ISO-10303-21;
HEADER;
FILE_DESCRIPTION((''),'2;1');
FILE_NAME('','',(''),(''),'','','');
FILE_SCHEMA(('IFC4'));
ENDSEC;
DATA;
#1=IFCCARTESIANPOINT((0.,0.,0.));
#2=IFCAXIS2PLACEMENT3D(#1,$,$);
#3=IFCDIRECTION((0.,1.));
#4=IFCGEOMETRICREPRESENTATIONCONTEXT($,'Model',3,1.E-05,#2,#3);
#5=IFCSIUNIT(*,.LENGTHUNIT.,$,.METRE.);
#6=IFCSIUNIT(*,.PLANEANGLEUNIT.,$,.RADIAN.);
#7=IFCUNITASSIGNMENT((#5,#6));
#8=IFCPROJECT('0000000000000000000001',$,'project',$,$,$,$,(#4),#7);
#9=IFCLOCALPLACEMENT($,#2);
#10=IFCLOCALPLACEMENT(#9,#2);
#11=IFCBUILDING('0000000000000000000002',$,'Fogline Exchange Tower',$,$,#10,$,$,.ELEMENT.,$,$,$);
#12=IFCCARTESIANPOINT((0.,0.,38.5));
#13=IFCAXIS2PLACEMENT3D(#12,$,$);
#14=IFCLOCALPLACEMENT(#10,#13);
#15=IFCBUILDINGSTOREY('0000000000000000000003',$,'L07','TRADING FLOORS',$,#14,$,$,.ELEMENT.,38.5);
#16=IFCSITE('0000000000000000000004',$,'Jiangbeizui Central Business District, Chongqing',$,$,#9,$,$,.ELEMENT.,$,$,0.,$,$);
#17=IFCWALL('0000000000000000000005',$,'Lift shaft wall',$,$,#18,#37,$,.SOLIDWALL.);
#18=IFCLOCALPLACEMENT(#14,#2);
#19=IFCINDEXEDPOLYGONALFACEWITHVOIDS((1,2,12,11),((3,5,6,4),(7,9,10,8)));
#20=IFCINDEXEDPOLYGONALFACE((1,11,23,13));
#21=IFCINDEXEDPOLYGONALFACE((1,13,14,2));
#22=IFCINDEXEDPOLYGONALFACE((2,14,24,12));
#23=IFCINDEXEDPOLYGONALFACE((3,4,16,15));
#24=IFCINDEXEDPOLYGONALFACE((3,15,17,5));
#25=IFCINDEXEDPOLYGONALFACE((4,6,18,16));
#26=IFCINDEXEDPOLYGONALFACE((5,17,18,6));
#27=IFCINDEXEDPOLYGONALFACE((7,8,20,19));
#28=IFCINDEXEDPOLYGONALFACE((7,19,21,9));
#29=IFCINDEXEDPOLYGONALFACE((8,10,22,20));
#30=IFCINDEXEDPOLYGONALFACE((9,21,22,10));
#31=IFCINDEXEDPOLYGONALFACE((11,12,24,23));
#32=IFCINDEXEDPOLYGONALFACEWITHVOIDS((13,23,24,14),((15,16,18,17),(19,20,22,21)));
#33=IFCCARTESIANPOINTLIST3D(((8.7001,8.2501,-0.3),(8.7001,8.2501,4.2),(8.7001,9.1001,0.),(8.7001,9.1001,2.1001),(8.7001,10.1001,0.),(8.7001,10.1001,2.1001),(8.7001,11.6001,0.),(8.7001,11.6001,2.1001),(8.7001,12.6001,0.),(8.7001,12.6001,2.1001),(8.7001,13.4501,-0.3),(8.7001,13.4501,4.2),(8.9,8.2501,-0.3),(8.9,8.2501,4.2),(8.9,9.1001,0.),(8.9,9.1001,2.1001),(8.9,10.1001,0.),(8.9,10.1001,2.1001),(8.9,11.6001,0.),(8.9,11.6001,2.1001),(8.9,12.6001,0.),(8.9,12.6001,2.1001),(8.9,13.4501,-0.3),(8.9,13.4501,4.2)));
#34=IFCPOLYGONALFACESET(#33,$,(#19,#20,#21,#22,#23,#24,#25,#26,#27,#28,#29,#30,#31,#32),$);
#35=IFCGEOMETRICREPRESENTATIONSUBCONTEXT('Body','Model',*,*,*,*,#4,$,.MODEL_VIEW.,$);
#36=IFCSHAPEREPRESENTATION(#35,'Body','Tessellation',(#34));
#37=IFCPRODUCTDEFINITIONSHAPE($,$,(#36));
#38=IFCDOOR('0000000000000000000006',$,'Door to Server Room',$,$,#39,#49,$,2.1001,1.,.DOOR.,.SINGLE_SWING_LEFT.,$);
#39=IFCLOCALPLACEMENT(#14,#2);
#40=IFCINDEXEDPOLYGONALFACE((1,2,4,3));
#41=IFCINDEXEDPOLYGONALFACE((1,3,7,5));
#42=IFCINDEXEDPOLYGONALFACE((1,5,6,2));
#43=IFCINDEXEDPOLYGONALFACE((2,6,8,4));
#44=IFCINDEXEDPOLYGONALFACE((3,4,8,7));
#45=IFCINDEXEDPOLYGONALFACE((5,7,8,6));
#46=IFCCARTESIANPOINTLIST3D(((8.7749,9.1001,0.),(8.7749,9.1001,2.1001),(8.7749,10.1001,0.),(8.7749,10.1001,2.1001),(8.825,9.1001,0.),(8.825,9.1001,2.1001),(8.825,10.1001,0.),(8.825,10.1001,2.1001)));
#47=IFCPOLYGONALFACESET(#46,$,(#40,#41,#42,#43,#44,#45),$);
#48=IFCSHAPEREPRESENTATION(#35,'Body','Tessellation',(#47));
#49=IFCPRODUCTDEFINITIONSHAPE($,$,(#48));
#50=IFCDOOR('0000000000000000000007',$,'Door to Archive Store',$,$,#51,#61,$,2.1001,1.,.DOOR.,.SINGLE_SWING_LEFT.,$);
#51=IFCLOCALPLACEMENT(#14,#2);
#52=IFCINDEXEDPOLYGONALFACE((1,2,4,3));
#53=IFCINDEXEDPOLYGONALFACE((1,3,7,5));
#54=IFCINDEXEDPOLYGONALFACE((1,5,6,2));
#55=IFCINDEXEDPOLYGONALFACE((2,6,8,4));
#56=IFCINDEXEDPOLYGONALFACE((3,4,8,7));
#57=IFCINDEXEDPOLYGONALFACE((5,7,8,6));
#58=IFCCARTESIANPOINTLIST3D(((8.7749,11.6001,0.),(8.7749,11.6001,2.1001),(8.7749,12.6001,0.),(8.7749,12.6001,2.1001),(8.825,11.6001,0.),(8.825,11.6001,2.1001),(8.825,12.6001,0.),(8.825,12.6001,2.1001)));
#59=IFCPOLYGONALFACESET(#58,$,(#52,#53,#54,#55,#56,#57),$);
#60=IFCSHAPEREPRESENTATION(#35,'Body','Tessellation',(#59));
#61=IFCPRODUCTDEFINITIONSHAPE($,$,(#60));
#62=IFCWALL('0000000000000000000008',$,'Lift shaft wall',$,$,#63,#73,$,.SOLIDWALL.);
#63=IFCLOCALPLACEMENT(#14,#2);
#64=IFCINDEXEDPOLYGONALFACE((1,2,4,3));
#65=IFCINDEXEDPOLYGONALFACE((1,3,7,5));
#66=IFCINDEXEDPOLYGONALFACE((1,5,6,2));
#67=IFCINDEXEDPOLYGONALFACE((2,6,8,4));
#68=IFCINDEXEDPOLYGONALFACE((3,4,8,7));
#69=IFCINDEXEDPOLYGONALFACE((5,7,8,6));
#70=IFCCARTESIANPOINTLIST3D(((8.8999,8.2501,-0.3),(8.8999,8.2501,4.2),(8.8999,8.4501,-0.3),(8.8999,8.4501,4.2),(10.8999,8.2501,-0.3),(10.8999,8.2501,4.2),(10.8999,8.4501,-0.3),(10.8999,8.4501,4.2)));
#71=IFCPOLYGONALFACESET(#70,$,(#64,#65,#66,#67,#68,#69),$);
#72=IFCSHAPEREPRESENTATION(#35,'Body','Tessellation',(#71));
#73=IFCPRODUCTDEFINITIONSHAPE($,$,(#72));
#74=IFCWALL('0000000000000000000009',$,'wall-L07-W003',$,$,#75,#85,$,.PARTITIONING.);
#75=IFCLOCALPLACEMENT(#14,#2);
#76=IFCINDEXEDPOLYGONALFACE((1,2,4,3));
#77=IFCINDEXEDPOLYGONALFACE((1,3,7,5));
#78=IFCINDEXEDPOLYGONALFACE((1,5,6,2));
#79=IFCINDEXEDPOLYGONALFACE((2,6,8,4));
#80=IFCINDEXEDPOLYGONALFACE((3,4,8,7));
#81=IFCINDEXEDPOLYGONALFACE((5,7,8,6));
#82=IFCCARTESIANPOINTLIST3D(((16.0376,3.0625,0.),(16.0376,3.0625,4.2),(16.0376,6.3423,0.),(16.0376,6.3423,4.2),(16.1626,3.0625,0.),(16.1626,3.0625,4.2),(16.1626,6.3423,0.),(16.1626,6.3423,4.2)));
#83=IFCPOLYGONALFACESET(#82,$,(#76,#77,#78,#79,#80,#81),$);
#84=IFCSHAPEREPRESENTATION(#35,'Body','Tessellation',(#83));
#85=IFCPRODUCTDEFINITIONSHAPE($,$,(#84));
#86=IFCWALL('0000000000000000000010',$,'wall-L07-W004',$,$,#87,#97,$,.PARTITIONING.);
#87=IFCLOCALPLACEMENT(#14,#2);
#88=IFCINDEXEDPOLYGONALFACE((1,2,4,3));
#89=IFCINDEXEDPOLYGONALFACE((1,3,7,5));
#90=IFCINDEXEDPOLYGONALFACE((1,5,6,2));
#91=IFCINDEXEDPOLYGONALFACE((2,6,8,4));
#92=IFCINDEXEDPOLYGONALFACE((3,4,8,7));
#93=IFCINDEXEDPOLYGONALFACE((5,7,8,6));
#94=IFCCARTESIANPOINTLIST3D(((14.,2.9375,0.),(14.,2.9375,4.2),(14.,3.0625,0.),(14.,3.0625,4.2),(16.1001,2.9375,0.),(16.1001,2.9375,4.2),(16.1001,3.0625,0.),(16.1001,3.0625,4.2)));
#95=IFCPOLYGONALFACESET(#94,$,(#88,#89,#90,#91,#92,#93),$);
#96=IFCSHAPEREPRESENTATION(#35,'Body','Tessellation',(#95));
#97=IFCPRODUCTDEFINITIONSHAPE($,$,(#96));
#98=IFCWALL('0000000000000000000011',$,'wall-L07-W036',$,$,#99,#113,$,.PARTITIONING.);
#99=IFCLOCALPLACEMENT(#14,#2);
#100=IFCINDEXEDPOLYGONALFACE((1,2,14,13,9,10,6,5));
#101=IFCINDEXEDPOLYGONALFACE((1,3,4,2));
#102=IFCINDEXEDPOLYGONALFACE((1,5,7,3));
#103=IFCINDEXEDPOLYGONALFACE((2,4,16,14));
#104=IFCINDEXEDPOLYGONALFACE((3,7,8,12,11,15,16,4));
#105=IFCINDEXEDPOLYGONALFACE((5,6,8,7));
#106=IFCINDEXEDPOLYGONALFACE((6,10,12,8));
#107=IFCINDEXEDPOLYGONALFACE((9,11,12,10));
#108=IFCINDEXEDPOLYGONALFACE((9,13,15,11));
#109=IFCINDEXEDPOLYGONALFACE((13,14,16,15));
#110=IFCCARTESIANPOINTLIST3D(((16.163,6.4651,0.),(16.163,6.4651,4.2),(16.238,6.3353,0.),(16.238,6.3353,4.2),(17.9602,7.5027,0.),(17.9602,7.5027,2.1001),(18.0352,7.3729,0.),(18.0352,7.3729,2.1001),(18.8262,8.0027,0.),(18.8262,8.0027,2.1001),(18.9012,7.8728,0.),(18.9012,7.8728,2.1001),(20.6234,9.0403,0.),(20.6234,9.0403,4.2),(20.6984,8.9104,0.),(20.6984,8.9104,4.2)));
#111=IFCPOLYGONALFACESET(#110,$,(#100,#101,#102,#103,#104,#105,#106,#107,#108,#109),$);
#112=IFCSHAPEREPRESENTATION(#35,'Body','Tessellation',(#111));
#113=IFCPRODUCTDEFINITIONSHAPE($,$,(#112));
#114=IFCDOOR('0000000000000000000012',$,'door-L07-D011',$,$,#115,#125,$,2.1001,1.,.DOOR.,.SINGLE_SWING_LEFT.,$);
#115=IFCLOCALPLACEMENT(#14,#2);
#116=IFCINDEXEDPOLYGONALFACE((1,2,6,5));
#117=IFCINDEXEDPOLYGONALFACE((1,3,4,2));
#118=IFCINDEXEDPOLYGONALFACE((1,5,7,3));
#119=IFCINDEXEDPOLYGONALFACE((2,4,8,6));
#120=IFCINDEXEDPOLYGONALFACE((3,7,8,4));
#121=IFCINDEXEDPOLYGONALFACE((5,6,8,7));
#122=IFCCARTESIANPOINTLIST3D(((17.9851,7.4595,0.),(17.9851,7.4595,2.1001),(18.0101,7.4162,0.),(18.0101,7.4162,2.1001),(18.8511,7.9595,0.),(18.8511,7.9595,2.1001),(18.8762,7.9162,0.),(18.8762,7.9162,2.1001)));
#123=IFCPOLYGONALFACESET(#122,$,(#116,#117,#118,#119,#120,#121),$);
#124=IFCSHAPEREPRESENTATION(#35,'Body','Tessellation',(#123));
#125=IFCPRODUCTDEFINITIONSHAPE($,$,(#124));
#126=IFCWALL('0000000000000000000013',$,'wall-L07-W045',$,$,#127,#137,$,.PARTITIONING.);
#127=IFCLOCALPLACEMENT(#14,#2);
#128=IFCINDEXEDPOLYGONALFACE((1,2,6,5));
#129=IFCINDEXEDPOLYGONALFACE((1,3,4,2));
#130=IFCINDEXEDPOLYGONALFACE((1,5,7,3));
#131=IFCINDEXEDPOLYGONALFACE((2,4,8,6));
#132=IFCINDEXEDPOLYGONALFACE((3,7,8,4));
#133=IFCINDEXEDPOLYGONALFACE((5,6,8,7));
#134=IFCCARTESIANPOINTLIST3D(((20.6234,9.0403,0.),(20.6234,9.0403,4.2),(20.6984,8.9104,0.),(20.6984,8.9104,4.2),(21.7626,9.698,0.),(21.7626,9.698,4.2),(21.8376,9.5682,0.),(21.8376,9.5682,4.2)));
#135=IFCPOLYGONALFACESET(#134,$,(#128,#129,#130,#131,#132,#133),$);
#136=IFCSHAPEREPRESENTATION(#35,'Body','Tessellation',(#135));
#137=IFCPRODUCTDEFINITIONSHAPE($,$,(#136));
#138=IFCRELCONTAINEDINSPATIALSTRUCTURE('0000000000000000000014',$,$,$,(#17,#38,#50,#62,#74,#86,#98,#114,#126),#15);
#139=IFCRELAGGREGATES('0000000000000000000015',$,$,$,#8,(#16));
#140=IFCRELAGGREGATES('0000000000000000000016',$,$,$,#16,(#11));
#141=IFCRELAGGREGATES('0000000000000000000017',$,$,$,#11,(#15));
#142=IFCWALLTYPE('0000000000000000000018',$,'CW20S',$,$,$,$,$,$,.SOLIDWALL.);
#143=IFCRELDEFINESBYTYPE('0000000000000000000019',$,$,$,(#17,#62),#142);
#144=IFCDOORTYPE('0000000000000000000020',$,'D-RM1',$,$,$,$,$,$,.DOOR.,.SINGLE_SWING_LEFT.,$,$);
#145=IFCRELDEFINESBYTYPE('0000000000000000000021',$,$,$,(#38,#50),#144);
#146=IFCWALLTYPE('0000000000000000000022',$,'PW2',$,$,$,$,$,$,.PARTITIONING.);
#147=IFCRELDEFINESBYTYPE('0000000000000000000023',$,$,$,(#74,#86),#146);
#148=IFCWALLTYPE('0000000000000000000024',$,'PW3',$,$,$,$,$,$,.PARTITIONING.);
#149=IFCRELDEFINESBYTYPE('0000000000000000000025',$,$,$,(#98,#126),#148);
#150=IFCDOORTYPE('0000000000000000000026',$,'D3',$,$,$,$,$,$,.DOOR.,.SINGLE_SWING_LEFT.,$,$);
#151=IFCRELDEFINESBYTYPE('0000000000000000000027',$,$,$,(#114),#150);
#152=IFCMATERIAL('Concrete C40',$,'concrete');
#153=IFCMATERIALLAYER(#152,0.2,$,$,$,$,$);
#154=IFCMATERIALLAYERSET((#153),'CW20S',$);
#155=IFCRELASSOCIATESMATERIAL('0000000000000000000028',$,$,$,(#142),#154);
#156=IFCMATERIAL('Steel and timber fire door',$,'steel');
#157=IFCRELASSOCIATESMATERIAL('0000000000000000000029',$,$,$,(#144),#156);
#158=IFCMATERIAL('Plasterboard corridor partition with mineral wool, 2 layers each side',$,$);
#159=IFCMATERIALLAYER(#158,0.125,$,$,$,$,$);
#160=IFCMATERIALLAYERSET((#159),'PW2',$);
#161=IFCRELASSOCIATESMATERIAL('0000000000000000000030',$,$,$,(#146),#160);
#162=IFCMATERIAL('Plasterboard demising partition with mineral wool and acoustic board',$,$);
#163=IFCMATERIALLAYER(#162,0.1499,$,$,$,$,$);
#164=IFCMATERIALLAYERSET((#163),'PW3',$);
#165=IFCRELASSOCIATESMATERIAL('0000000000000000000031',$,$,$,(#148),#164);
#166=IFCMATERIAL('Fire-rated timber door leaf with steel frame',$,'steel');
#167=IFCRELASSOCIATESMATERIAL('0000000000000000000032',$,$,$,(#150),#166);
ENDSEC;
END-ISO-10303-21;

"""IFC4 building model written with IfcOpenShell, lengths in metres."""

from ifc_helpers import new_model, si_unit, direction, frame, frame_2d, origin, place, context, subcontext, project, spatial, rectangle, extrude, material, layer, layer_set, type_object, element, fill, save


model = new_model("IFC4")

# Units and contexts
model_context = context("Model", 3, precision=1e-05, world=origin(), true_north=direction((0.0, 1.0)))
body_context = subcontext(model_context, "Body", "Model", "MODEL_VIEW")
ifc_project = project(units=[si_unit("LENGTHUNIT", "METRE"), si_unit("PLANEANGLEUNIT", "RADIAN")], contexts=[model_context])

# Site, building, storey
site_placement = place(None, origin())
site = spatial("IfcSite", under=ifc_project, at=site_placement, Name="Jiangbeizui Central Business District, Chongqing", CompositionType="ELEMENT", RefElevation=0.0)
building_placement = place(site_placement, origin())
building = spatial("IfcBuilding", under=site, at=building_placement, Name="Fogline Exchange Tower", CompositionType="ELEMENT")
storey_placement = place(building_placement, frame((0.0, 0.0, 38.5)))
storey = spatial("IfcBuildingStorey", under=building, at=storey_placement, Name="L07", Description="TRADING FLOORS", CompositionType="ELEMENT", Elevation=38.5)

# Shared definitions
ifc_material_1 = material(Name="Concrete C40", Category="concrete")

# Shared definitions
ifc_material_2 = material(Name="Steel and timber fire door", Category="steel")

# Wall, openings, doors
ifc_layer_1 = layer(ifc_material_1, 0.2)
ifc_layer_set_1 = layer_set([ifc_layer_1], Name="CW20S")
wall_type_1 = type_object("IfcWallType", Name="CW20S", PredefinedType="SOLIDWALL", material=ifc_layer_set_1)
wall_1_placement = place(storey_placement, frame((8.8, 8.25, -0.3), z_axis=(0.0, 0.0, 1.0), x_axis=(0.0, 1.0, 0.0)))
wall_1 = element("IfcWall", 1, at=wall_1_placement, inside=storey, type_object=wall_type_1, Name="Lift shaft wall", PredefinedType="SOLIDWALL", context=body_context, shape_type="SweptSolid", body=[
    extrude(rectangle(XDim=5.2, YDim=0.2, at=frame_2d((2.6001, 0.0))), origin(), (0.0, 0.0, 1.0), 4.5),
])
opening_1_placement = place(wall_1_placement, frame((0.8501, 0.0, 0.3)))
opening_1 = element("IfcOpeningElement", 2, at=opening_1_placement, cuts=wall_1, PredefinedType="OPENING", context=body_context, shape_type="SweptSolid", body=[
    extrude(rectangle(XDim=1.0, YDim=2.1001, at=frame_2d((0.5, 1.05))), frame((0.0, 0.1099, 0.0), z_axis=(0.0, -1.0, 0.0), x_axis=(1.0, 0.0, 0.0)), (0.0, 0.0, 1.0), 0.22),
])
opening_2_placement = place(wall_1_placement, frame((3.3501, 0.0, 0.3)))
opening_2 = element("IfcOpeningElement", 3, at=opening_2_placement, cuts=wall_1, PredefinedType="OPENING", context=body_context, shape_type="SweptSolid", body=[
    extrude(rectangle(XDim=1.0, YDim=2.1001, at=frame_2d((0.5, 1.05))), frame((0.0, 0.1099, 0.0), z_axis=(0.0, -1.0, 0.0), x_axis=(1.0, 0.0, 0.0)), (0.0, 0.0, 1.0), 0.22),
])
door_type_1 = type_object("IfcDoorType", Name="D-RM1", OperationType="SINGLE_SWING_LEFT", PredefinedType="DOOR", material=ifc_material_2)
door_1_placement = place(opening_1_placement, frame((1.0, 0.0, 0.0), z_axis=(0.0, 0.0, 1.0), x_axis=(-1.0, 0.0, 0.0)))
door_1 = element("IfcDoor", 4, at=door_1_placement, inside=storey, type_object=door_type_1, Name="Door to Server Room", OperationType="SINGLE_SWING_LEFT", OverallHeight=2.1001, OverallWidth=1.0, PredefinedType="DOOR", context=body_context, shape_type="SweptSolid", body=[
    extrude(rectangle(XDim=1.0, YDim=2.1001, at=frame_2d((0.5, 1.05))), frame((0.0, 0.0249, 0.0), z_axis=(0.0, -1.0, 0.0), x_axis=(1.0, 0.0, 0.0)), (0.0, 0.0, 1.0), 0.05),
])
fill(opening_1, door_1)
door_2_placement = place(opening_2_placement, frame((1.0, 0.0, 0.0), z_axis=(0.0, 0.0, 1.0), x_axis=(-1.0, 0.0, 0.0)))
door_2 = element("IfcDoor", 5, at=door_2_placement, inside=storey, type_object=door_type_1, Name="Door to Archive Store", OperationType="SINGLE_SWING_LEFT", OverallHeight=2.1001, OverallWidth=1.0, PredefinedType="DOOR", context=body_context, shape_type="SweptSolid", body=[
    extrude(rectangle(XDim=1.0, YDim=2.1001, at=frame_2d((0.5, 1.05))), frame((0.0, 0.0249, 0.0), z_axis=(0.0, -1.0, 0.0), x_axis=(1.0, 0.0, 0.0)), (0.0, 0.0, 1.0), 0.05),
])
fill(opening_2, door_2)

# Walls
wall_2_placement = place(storey_placement, frame((8.8999, 8.3501, -0.3), z_axis=(0.0, 0.0, 1.0), x_axis=(1.0, 0.0, 0.0)))
element("IfcWall", 6, at=wall_2_placement, inside=storey, type_object=wall_type_1, Name="Lift shaft wall", PredefinedType="SOLIDWALL", context=body_context, shape_type="SweptSolid", body=[
    extrude(rectangle(XDim=2.0, YDim=0.2, at=frame_2d((1.0, 0.0))), origin(), (0.0, 0.0, 1.0), 4.5),
])
ifc_material_3 = material(Name="Plasterboard corridor partition with mineral wool, 2 layers each side")
ifc_layer_2 = layer(ifc_material_3, 0.125)
ifc_layer_set_2 = layer_set([ifc_layer_2], Name="PW2")
wall_type_2 = type_object("IfcWallType", Name="PW2", PredefinedType="PARTITIONING", material=ifc_layer_set_2)
wall_3_placement = place(storey_placement, frame((16.1001, 6.3423, 0.0), z_axis=(0.0, 0.0, 1.0), x_axis=(0.0, -1.0, 0.0)))
element("IfcWall", 7, at=wall_3_placement, inside=storey, type_object=wall_type_2, Name="wall-L07-W003", PredefinedType="PARTITIONING", context=body_context, shape_type="SweptSolid", body=[
    extrude(rectangle(XDim=3.2798, YDim=0.125, at=frame_2d((1.6399, 0.0))), origin(), (0.0, 0.0, 1.0), 4.2),
])
wall_4_placement = place(storey_placement, frame((16.1001, 3.0, 0.0), z_axis=(0.0, 0.0, 1.0), x_axis=(-1.0, 0.0, 0.0)))
element("IfcWall", 8, at=wall_4_placement, inside=storey, type_object=wall_type_2, Name="wall-L07-W004", PredefinedType="PARTITIONING", context=body_context, shape_type="SweptSolid", body=[
    extrude(rectangle(XDim=2.1001, YDim=0.125, at=frame_2d((1.05, 0.0))), origin(), (0.0, 0.0, 1.0), 4.2),
])

# Wall, opening, door
ifc_material_4 = material(Name="Plasterboard demising partition with mineral wool and acoustic board")
ifc_layer_3 = layer(ifc_material_4, 0.1499)
ifc_layer_set_3 = layer_set([ifc_layer_3], Name="PW3")
wall_type_3 = type_object("IfcWallType", Name="PW3", PredefinedType="PARTITIONING", material=ifc_layer_set_3)
wall_5_placement = place(storey_placement, frame((20.6609, 8.9753, 0.0), z_axis=(0.0, 0.0, 1.0), x_axis=(-0.866029, -0.499993, 0.0)))
wall_5 = element("IfcWall", 9, at=wall_5_placement, inside=storey, type_object=wall_type_3, Name="wall-L07-W036", PredefinedType="PARTITIONING", context=body_context, shape_type="SweptSolid", body=[
    extrude(rectangle(XDim=5.1504, YDim=0.1499, at=frame_2d((2.5752, 0.0))), origin(), (0.0, 0.0, 1.0), 4.2),
])
opening_3_placement = place(wall_5_placement, frame((2.0752, 0.0, 0.0)))
opening_3 = element("IfcOpeningElement", 10, at=opening_3_placement, cuts=wall_5, PredefinedType="OPENING", context=body_context, shape_type="SweptSolid", body=[
    extrude(rectangle(XDim=1.0, YDim=2.1001, at=frame_2d((0.5, 1.05))), frame((0.0, 0.085, 0.0), z_axis=(0.0, -1.0, 0.0), x_axis=(1.0, 0.0, 0.0)), (0.0, 0.0, 1.0), 0.1699),
])
ifc_material_5 = material(Name="Fire-rated timber door leaf with steel frame", Category="steel")
door_type_2 = type_object("IfcDoorType", Name="D3", OperationType="SINGLE_SWING_LEFT", PredefinedType="DOOR", material=ifc_material_5)
door_3_placement = place(opening_3_placement, origin())
door_3 = element("IfcDoor", 11, at=door_3_placement, inside=storey, type_object=door_type_2, Name="door-L07-D011", OperationType="SINGLE_SWING_LEFT", OverallHeight=2.1001, OverallWidth=1.0, PredefinedType="DOOR", context=body_context, shape_type="SweptSolid", body=[
    extrude(rectangle(XDim=1.0, YDim=2.1001, at=frame_2d((0.5, 1.05))), frame((0.0, 0.0249, 0.0), z_axis=(0.0, -1.0, 0.0), x_axis=(1.0, 0.0, 0.0)), (0.0, 0.0, 1.0), 0.05),
])
fill(opening_3, door_3)

# Wall
wall_6_placement = place(storey_placement, frame((20.6609, 8.9753, 0.0), z_axis=(0.0, 0.0, 1.0), x_axis=(0.866019, 0.500012, 0.0)))
element("IfcWall", 12, at=wall_6_placement, inside=storey, type_object=wall_type_3, Name="wall-L07-W045", PredefinedType="PARTITIONING", context=body_context, shape_type="SweptSolid", body=[
    extrude(rectangle(XDim=1.3154, YDim=0.1499, at=frame_2d((0.6577, 0.0))), origin(), (0.0, 0.0, 1.0), 4.2),
])

save(model, "model.ifc")
